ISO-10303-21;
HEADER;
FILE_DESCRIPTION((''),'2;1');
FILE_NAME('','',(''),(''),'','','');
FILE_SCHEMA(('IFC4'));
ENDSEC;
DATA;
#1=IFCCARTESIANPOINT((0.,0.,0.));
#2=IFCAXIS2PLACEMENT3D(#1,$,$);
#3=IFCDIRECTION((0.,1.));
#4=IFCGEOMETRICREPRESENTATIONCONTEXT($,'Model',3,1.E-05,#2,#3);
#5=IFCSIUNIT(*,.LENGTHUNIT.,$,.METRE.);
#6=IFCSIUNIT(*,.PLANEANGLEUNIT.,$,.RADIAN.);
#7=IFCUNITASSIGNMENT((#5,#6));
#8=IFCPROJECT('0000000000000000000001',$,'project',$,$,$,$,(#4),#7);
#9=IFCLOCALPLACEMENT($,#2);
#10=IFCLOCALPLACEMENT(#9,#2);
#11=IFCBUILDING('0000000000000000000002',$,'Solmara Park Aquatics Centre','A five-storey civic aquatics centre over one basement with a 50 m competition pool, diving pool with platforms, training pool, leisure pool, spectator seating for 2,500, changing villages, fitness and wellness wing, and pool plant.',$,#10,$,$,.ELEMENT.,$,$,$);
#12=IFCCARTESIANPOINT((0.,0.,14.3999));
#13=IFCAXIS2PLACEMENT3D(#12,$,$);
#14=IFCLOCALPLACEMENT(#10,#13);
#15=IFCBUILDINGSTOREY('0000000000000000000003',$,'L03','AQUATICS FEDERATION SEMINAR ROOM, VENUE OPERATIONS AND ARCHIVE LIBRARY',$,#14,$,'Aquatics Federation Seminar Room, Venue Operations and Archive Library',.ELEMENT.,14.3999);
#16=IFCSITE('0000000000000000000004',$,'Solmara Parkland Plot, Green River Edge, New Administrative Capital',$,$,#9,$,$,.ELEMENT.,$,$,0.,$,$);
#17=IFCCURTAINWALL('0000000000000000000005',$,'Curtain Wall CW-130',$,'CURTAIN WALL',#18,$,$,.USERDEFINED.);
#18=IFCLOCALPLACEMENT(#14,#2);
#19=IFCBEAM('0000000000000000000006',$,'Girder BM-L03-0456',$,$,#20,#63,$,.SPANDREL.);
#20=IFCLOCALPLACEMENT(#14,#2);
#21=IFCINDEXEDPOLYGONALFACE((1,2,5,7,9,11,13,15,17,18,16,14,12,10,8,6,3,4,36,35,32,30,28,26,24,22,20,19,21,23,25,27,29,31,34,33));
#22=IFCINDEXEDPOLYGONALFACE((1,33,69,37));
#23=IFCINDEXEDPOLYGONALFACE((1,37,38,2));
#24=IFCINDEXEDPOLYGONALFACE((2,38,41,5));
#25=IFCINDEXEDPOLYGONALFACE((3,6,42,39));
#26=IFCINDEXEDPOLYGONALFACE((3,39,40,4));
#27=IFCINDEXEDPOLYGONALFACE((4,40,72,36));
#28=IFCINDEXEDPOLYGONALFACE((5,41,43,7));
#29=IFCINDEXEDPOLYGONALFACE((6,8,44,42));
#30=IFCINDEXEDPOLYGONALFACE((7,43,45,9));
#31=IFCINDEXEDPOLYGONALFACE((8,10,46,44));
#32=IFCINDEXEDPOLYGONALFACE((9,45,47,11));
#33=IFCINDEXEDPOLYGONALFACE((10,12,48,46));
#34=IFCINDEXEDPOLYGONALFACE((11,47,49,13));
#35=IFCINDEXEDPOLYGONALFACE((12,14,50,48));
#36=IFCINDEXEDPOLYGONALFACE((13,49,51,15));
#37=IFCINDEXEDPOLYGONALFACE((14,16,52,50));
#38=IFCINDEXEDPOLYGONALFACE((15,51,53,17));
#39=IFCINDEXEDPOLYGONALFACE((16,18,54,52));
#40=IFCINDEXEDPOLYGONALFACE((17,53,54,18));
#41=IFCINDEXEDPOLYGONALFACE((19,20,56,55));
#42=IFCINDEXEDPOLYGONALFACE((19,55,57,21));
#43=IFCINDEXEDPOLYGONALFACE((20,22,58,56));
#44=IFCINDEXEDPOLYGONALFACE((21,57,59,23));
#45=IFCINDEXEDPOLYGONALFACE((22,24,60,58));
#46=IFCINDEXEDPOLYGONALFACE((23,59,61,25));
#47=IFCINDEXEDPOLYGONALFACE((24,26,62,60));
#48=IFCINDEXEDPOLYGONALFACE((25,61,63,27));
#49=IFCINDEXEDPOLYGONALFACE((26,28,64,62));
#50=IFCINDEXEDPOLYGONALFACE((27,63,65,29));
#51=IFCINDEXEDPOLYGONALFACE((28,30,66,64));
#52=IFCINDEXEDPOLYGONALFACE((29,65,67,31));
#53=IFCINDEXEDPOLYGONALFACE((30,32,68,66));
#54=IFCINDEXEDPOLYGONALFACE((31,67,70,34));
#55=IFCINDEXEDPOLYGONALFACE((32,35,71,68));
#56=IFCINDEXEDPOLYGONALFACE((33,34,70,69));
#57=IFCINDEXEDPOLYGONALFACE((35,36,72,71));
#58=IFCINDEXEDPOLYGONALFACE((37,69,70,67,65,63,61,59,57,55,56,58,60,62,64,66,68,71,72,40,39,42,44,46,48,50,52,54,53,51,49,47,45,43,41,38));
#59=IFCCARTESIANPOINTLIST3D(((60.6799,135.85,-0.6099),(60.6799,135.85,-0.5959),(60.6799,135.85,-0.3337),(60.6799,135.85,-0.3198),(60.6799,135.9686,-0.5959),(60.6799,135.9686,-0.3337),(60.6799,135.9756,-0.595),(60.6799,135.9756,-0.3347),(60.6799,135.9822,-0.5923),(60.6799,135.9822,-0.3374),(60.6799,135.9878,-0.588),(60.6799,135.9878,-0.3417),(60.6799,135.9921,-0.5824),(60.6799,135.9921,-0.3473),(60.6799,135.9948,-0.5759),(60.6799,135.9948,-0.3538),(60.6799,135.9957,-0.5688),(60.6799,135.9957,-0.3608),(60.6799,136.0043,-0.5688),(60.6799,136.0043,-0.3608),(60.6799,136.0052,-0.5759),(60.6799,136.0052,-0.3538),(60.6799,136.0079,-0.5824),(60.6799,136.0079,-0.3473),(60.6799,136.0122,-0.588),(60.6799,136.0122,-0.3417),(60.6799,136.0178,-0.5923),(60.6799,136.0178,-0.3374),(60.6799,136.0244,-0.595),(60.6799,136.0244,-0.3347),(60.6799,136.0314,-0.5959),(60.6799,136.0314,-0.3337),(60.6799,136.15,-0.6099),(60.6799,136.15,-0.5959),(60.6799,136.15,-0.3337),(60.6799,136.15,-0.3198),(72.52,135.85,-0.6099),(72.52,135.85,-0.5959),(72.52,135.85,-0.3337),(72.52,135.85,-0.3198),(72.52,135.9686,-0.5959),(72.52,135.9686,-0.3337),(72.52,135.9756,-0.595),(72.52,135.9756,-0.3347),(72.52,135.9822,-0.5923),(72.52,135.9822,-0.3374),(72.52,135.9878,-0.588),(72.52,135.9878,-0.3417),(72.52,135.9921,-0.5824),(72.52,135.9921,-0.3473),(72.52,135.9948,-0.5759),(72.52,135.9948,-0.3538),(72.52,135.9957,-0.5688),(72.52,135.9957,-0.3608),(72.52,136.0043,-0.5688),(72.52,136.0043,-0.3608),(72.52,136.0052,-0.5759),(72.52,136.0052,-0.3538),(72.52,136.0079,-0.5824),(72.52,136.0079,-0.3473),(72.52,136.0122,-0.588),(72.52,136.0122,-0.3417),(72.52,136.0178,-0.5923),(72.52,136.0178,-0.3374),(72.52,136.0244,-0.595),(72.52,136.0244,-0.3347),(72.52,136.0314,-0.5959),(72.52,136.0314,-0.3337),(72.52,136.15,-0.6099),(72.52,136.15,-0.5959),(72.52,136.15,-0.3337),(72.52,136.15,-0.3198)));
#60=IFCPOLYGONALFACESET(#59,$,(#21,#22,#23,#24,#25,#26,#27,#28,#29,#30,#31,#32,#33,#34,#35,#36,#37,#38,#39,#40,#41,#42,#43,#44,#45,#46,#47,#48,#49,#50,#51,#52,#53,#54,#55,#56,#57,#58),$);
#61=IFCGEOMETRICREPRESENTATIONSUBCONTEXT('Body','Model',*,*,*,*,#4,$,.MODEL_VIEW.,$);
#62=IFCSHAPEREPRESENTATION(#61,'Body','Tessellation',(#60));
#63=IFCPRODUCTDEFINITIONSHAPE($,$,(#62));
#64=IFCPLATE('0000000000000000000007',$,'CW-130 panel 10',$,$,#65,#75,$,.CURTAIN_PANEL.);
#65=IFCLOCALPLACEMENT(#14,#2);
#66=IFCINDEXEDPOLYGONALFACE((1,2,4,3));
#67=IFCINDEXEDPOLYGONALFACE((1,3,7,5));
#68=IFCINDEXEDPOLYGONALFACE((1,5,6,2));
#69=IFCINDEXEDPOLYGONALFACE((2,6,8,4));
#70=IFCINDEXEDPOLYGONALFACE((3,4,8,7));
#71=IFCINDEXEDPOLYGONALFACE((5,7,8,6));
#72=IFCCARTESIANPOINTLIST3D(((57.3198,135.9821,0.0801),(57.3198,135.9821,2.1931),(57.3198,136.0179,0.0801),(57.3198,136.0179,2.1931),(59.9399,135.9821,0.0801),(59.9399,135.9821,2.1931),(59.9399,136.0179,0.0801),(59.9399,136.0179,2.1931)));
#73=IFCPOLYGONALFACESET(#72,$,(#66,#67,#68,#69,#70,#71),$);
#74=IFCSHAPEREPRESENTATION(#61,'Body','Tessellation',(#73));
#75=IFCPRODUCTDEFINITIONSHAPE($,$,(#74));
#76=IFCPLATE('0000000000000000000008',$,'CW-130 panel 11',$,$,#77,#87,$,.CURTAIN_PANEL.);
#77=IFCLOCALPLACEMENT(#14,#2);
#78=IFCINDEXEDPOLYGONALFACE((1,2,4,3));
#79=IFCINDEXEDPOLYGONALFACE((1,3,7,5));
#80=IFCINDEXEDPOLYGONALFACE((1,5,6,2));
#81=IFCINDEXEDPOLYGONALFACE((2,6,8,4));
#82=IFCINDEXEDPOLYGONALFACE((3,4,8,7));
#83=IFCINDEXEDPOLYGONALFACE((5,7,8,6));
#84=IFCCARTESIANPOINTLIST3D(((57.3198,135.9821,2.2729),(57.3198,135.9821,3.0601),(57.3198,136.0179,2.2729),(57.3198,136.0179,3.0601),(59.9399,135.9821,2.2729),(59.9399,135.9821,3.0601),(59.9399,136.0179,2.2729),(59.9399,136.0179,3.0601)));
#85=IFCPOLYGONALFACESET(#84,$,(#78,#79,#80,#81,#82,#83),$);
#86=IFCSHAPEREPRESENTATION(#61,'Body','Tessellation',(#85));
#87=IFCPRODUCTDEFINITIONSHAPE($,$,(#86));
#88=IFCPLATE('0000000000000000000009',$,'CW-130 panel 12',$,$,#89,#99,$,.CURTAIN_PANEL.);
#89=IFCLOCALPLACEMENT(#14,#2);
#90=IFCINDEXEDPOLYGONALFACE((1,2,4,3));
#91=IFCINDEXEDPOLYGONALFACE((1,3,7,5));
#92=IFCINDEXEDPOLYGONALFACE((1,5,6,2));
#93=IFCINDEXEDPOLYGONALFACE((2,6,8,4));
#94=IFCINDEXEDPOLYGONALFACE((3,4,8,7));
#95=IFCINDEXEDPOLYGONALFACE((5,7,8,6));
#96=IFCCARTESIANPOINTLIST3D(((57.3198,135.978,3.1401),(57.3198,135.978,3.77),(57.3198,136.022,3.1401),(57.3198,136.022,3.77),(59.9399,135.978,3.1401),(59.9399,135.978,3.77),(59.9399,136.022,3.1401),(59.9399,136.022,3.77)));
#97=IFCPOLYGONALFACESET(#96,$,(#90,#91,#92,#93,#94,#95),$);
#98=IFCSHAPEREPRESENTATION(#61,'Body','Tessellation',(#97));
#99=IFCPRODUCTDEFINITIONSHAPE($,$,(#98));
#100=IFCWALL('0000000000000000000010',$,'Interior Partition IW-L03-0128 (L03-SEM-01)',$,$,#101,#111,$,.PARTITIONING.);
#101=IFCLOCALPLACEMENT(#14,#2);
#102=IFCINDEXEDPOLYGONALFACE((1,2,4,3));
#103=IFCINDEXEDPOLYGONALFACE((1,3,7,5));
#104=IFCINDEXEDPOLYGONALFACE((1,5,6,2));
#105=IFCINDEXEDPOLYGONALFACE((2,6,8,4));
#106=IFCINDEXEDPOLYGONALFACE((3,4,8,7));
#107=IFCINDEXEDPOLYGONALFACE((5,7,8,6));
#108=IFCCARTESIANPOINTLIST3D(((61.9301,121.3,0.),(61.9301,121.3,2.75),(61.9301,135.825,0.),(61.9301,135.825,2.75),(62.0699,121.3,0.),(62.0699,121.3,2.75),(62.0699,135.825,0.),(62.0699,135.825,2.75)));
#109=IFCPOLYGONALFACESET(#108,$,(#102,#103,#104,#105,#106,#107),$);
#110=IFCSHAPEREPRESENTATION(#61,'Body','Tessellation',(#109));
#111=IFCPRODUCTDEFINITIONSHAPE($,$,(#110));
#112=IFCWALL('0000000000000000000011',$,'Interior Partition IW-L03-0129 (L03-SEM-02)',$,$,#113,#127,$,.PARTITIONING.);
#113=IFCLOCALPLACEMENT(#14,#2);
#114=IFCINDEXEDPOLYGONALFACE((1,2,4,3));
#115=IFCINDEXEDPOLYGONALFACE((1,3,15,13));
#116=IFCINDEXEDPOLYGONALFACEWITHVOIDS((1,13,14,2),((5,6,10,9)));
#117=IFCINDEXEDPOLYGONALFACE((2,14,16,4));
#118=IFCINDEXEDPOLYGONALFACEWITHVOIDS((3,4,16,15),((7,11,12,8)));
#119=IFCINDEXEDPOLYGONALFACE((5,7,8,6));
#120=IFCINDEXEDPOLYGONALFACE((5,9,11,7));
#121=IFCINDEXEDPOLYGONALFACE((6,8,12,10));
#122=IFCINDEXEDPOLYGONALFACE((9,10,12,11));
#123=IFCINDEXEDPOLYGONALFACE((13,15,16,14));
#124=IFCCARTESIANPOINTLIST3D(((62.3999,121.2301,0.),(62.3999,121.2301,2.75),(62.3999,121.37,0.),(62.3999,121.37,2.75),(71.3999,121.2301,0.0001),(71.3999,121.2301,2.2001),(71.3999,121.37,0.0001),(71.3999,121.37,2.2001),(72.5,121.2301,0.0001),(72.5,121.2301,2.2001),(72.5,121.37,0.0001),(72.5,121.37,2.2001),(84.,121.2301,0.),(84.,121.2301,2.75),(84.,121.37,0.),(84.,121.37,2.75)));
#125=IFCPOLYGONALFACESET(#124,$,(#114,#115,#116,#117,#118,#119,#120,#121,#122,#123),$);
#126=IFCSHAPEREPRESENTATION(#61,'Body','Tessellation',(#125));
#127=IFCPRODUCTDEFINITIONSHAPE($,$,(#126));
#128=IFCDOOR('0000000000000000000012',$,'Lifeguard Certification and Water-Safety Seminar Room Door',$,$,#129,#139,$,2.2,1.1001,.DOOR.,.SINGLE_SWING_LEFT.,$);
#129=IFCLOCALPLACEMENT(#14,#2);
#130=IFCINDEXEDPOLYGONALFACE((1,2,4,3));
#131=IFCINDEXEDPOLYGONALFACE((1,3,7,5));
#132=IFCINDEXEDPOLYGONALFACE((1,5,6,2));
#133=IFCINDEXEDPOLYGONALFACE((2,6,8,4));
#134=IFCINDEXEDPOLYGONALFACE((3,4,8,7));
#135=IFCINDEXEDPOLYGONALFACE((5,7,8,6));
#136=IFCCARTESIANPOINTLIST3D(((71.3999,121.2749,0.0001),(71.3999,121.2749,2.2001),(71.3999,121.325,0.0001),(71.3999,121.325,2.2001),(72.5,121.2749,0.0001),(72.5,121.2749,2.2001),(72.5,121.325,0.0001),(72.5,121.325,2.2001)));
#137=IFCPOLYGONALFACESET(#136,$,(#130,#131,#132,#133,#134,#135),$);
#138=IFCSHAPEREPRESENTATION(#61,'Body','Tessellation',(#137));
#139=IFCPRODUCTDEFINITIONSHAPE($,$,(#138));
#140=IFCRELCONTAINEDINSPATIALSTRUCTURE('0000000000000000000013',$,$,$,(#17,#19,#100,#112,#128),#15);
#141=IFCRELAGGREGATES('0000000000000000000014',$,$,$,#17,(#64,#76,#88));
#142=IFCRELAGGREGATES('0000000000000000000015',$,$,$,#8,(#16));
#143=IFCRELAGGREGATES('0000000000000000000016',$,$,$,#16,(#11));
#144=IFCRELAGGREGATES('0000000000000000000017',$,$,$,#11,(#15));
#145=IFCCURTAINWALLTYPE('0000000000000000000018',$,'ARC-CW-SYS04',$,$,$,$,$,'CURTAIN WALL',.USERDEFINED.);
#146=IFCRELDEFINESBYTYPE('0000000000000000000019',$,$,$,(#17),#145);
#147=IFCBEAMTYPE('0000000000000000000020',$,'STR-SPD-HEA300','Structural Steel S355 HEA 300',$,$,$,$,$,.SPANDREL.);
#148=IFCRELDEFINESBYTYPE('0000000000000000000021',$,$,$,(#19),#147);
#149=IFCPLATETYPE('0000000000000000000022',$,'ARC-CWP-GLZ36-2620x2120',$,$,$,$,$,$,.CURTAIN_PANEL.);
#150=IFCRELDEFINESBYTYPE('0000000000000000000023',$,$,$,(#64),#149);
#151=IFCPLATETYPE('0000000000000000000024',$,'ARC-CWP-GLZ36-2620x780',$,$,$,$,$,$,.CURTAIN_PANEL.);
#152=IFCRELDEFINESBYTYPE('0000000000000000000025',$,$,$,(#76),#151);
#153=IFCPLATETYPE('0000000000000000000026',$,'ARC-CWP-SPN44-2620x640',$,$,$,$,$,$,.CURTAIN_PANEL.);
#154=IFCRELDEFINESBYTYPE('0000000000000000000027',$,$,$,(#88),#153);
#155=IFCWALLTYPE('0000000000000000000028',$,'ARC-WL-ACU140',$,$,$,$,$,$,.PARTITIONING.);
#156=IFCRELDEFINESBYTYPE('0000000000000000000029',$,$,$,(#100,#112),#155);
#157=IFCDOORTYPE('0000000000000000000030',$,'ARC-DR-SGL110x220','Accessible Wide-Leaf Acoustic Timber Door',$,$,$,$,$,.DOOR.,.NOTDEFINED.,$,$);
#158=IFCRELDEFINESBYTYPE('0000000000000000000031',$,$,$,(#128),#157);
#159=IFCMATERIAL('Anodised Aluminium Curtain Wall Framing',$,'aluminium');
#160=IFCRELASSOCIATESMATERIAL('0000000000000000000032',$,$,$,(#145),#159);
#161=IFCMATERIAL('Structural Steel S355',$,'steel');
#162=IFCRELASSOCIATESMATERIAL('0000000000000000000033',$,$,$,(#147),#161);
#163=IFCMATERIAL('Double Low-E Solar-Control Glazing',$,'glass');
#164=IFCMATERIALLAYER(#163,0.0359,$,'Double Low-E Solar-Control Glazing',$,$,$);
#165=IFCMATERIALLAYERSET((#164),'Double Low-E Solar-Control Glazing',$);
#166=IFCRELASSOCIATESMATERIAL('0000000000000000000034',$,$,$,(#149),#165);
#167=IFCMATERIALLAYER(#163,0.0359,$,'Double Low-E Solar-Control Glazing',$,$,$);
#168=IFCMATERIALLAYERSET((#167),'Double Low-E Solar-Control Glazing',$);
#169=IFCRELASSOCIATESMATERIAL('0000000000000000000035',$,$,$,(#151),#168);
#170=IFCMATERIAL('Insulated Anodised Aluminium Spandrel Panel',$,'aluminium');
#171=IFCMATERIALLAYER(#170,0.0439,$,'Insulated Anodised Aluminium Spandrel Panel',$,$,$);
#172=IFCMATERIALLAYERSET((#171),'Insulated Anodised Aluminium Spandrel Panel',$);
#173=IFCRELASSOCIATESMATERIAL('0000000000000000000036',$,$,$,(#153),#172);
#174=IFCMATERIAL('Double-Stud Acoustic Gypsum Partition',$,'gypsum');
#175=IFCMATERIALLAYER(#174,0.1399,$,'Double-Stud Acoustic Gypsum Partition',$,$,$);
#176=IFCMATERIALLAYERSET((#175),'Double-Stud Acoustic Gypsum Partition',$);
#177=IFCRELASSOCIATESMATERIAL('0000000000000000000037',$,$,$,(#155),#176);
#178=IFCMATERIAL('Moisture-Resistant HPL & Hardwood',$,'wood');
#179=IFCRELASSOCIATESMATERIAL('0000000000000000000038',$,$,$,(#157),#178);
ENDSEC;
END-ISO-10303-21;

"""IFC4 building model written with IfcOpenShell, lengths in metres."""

from ifc_helpers import new_model, si_unit, direction, frame, frame_2d, origin, origin_2d, place, context, subcontext, project, spatial, rectangle, i_section, extrude, material, layer, layer_set, material_profile, profile_set, type_object, element, fill, aggregate, save


model = new_model("IFC4")

# Units and contexts
model_context = context("Model", 3, precision=1e-05, world=origin(), true_north=direction((0.0, 1.0)))
body_context = subcontext(model_context, "Body", "Model", "MODEL_VIEW")
ifc_project = project(units=[si_unit("LENGTHUNIT", "METRE"), si_unit("PLANEANGLEUNIT", "RADIAN")], contexts=[model_context])

# Site, building, storey
site_placement = place(None, origin())
site = spatial("IfcSite", under=ifc_project, at=site_placement, Name="Solmara Parkland Plot, Green River Edge, New Administrative Capital", CompositionType="ELEMENT", RefElevation=0.0)
building_placement = place(site_placement, origin())
building = spatial("IfcBuilding", under=site, at=building_placement, Name="Solmara Park Aquatics Centre", Description="A five-storey civic aquatics centre over one basement with a 50 m competition pool, diving pool with platforms, training pool, leisure pool, spectator seating for 2,500, changing villages, fitness and wellness wing, and pool plant.", CompositionType="ELEMENT")
storey_placement = place(building_placement, frame((0.0, 0.0, 14.3999)))
storey = spatial("IfcBuildingStorey", under=building, at=storey_placement, Name="L03", Description="AQUATICS FEDERATION SEMINAR ROOM, VENUE OPERATIONS AND ARCHIVE LIBRARY", LongName="Aquatics Federation Seminar Room, Venue Operations and Archive Library", CompositionType="ELEMENT", Elevation=14.3999)

# Curtain wall
ifc_material_1 = material(Name="Anodised Aluminium Curtain Wall Framing", Category="aluminium")
curtain_wall_type = type_object("IfcCurtainWallType", Name="ARC-CW-SYS04", ElementType="CURTAIN WALL", PredefinedType="USERDEFINED", material=ifc_material_1)
curtain_wall_placement = place(storey_placement, origin())
curtain_wall = element("IfcCurtainWall", 1, at=curtain_wall_placement, inside=storey, type_object=curtain_wall_type, Name="Curtain Wall CW-130", ObjectType="CURTAIN WALL", PredefinedType="USERDEFINED")

# Beam
ifc_material_2 = material(Name="Structural Steel S355", Category="steel")
ifc_material_profile_1 = material_profile(ifc_material_2, i_section(OverallWidth=0.3, OverallDepth=0.29, WebThickness=0.0085, FlangeThickness=0.0139, FilletRadius=0.0271, at=origin_2d()), Name="HEA 300")
ifc_profile_set_1 = profile_set([ifc_material_profile_1], Name="Structural Steel S355")
beam_type_1 = type_object("IfcBeamType", Name="STR-SPD-HEA300", Description="Structural Steel S355 HEA 300", PredefinedType="SPANDREL", material=ifc_profile_set_1)
beam_1_placement = place(storey_placement, frame((60.6799, 136.0, -0.4648), z_axis=(1.0, 0.0, 0.0), x_axis=(0.0, 1.0, 0.0)))
element("IfcBeam", 2, at=beam_1_placement, inside=storey, type_object=beam_type_1, Name="Girder BM-L03-0456", PredefinedType="SPANDREL", context=body_context, shape_type="SweptSolid", body=[
    extrude(i_section(OverallWidth=0.3, OverallDepth=0.29, WebThickness=0.0085, FlangeThickness=0.0139, FilletRadius=0.0271, at=origin_2d()), origin(), (0.0, 0.0, 1.0), 11.8401),
])

# Plates
ifc_material_3 = material(Name="Double Low-E Solar-Control Glazing", Category="glass")
ifc_layer_1 = layer(ifc_material_3, 0.0359, Name="Double Low-E Solar-Control Glazing")
ifc_layer_set_1 = layer_set([ifc_layer_1], Name="Double Low-E Solar-Control Glazing")
plate_type_1 = type_object("IfcPlateType", Name="ARC-CWP-GLZ36-2620x2120", PredefinedType="CURTAIN_PANEL", material=ifc_layer_set_1)
plate_1_placement = place(storey_placement, frame((58.6299, 136.0, 0.0801), z_axis=(0.0, 0.0, 1.0), x_axis=(1.0, 0.0, 0.0)))
plate_1 = element("IfcPlate", 3, at=plate_1_placement, type_object=plate_type_1, Name="CW-130 panel 10", PredefinedType="CURTAIN_PANEL", context=body_context, shape_type="SweptSolid", body=[
    extrude(rectangle(XDim=2.6201, YDim=0.0359, at=origin_2d()), origin(), (0.0, 0.0, 1.0), 2.113),
])
ifc_layer_2 = layer(ifc_material_3, 0.0359, Name="Double Low-E Solar-Control Glazing")
ifc_layer_set_2 = layer_set([ifc_layer_2], Name="Double Low-E Solar-Control Glazing")
plate_type_2 = type_object("IfcPlateType", Name="ARC-CWP-GLZ36-2620x780", PredefinedType="CURTAIN_PANEL", material=ifc_layer_set_2)
plate_2_placement = place(storey_placement, frame((58.6299, 136.0, 2.2729), z_axis=(0.0, 0.0, 1.0), x_axis=(1.0, 0.0, 0.0)))
plate_2 = element("IfcPlate", 4, at=plate_2_placement, type_object=plate_type_2, Name="CW-130 panel 11", PredefinedType="CURTAIN_PANEL", context=body_context, shape_type="SweptSolid", body=[
    extrude(rectangle(XDim=2.6201, YDim=0.0359, at=origin_2d()), origin(), (0.0, 0.0, 1.0), 0.7871),
])
ifc_material_4 = material(Name="Insulated Anodised Aluminium Spandrel Panel", Category="aluminium")
ifc_layer_3 = layer(ifc_material_4, 0.0439, Name="Insulated Anodised Aluminium Spandrel Panel")
ifc_layer_set_3 = layer_set([ifc_layer_3], Name="Insulated Anodised Aluminium Spandrel Panel")
plate_type_3 = type_object("IfcPlateType", Name="ARC-CWP-SPN44-2620x640", PredefinedType="CURTAIN_PANEL", material=ifc_layer_set_3)
plate_3_placement = place(storey_placement, frame((58.6299, 136.0, 3.1401), z_axis=(0.0, 0.0, 1.0), x_axis=(1.0, 0.0, 0.0)))
plate_3 = element("IfcPlate", 5, at=plate_3_placement, type_object=plate_type_3, Name="CW-130 panel 12", PredefinedType="CURTAIN_PANEL", context=body_context, shape_type="SweptSolid", body=[
    extrude(rectangle(XDim=2.6201, YDim=0.0439, at=origin_2d()), origin(), (0.0, 0.0, 1.0), 0.6299),
])
aggregate(curtain_wall, [plate_1, plate_2, plate_3])

# Wall
ifc_material_5 = material(Name="Double-Stud Acoustic Gypsum Partition", Category="gypsum")
ifc_layer_4 = layer(ifc_material_5, 0.1399, Name="Double-Stud Acoustic Gypsum Partition")
ifc_layer_set_4 = layer_set([ifc_layer_4], Name="Double-Stud Acoustic Gypsum Partition")
wall_type_1 = type_object("IfcWallType", Name="ARC-WL-ACU140", PredefinedType="PARTITIONING", material=ifc_layer_set_4)
wall_1_placement = place(storey_placement, frame((62.0, 121.3, 0.0), z_axis=(0.0, 0.0, 1.0), x_axis=(0.0, 1.0, 0.0)))
element("IfcWall", 6, at=wall_1_placement, inside=storey, type_object=wall_type_1, Name="Interior Partition IW-L03-0128 (L03-SEM-01)", PredefinedType="PARTITIONING", context=body_context, shape_type="SweptSolid", body=[
    extrude(rectangle(XDim=14.5249, YDim=0.1399, at=frame_2d((7.2625, 0.0))), origin(), (0.0, 0.0, 1.0), 2.75),
])

# Wall, opening, door
wall_2_placement = place(storey_placement, frame((62.3999, 121.3, 0.0), z_axis=(0.0, 0.0, 1.0), x_axis=(1.0, 0.0, 0.0)))
wall_2 = element("IfcWall", 7, at=wall_2_placement, inside=storey, type_object=wall_type_1, Name="Interior Partition IW-L03-0129 (L03-SEM-02)", PredefinedType="PARTITIONING", context=body_context, shape_type="SweptSolid", body=[
    extrude(rectangle(XDim=21.6001, YDim=0.1399, at=frame_2d((10.8, 0.0))), origin(), (0.0, 0.0, 1.0), 2.75),
])
opening_1_placement = place(wall_2_placement, frame((9.0, 0.0, 0.0)))
opening_1 = element("IfcOpeningElement", 8, at=opening_1_placement, cuts=wall_2, PredefinedType="OPENING", context=body_context, shape_type="SweptSolid", body=[
    extrude(rectangle(XDim=1.1001, YDim=2.2, at=frame_2d((0.55, 1.1001))), frame((0.0, 0.0798, 0.0), z_axis=(0.0, -1.0, 0.0), x_axis=(1.0, 0.0, 0.0)), (0.0, 0.0, 1.0), 0.1599),
])
ifc_material_6 = material(Name="Moisture-Resistant HPL & Hardwood", Category="wood")
door_type = type_object("IfcDoorType", Name="ARC-DR-SGL110x220", Description="Accessible Wide-Leaf Acoustic Timber Door", OperationType="NOTDEFINED", PredefinedType="DOOR", material=ifc_material_6)
door_placement = place(opening_1_placement, origin())
door = element("IfcDoor", 9, at=door_placement, inside=storey, type_object=door_type, Name="Lifeguard Certification and Water-Safety Seminar Room Door", OperationType="SINGLE_SWING_LEFT", OverallHeight=2.2, OverallWidth=1.1001, PredefinedType="DOOR", context=body_context, shape_type="SweptSolid", body=[
    extrude(rectangle(XDim=1.1001, YDim=2.2, at=frame_2d((0.55, 1.1001))), frame((0.0, 0.0249, 0.0), z_axis=(0.0, -1.0, 0.0), x_axis=(1.0, 0.0, 0.0)), (0.0, 0.0, 1.0), 0.05),
])
fill(opening_1, door)

save(model, "model.ifc")
